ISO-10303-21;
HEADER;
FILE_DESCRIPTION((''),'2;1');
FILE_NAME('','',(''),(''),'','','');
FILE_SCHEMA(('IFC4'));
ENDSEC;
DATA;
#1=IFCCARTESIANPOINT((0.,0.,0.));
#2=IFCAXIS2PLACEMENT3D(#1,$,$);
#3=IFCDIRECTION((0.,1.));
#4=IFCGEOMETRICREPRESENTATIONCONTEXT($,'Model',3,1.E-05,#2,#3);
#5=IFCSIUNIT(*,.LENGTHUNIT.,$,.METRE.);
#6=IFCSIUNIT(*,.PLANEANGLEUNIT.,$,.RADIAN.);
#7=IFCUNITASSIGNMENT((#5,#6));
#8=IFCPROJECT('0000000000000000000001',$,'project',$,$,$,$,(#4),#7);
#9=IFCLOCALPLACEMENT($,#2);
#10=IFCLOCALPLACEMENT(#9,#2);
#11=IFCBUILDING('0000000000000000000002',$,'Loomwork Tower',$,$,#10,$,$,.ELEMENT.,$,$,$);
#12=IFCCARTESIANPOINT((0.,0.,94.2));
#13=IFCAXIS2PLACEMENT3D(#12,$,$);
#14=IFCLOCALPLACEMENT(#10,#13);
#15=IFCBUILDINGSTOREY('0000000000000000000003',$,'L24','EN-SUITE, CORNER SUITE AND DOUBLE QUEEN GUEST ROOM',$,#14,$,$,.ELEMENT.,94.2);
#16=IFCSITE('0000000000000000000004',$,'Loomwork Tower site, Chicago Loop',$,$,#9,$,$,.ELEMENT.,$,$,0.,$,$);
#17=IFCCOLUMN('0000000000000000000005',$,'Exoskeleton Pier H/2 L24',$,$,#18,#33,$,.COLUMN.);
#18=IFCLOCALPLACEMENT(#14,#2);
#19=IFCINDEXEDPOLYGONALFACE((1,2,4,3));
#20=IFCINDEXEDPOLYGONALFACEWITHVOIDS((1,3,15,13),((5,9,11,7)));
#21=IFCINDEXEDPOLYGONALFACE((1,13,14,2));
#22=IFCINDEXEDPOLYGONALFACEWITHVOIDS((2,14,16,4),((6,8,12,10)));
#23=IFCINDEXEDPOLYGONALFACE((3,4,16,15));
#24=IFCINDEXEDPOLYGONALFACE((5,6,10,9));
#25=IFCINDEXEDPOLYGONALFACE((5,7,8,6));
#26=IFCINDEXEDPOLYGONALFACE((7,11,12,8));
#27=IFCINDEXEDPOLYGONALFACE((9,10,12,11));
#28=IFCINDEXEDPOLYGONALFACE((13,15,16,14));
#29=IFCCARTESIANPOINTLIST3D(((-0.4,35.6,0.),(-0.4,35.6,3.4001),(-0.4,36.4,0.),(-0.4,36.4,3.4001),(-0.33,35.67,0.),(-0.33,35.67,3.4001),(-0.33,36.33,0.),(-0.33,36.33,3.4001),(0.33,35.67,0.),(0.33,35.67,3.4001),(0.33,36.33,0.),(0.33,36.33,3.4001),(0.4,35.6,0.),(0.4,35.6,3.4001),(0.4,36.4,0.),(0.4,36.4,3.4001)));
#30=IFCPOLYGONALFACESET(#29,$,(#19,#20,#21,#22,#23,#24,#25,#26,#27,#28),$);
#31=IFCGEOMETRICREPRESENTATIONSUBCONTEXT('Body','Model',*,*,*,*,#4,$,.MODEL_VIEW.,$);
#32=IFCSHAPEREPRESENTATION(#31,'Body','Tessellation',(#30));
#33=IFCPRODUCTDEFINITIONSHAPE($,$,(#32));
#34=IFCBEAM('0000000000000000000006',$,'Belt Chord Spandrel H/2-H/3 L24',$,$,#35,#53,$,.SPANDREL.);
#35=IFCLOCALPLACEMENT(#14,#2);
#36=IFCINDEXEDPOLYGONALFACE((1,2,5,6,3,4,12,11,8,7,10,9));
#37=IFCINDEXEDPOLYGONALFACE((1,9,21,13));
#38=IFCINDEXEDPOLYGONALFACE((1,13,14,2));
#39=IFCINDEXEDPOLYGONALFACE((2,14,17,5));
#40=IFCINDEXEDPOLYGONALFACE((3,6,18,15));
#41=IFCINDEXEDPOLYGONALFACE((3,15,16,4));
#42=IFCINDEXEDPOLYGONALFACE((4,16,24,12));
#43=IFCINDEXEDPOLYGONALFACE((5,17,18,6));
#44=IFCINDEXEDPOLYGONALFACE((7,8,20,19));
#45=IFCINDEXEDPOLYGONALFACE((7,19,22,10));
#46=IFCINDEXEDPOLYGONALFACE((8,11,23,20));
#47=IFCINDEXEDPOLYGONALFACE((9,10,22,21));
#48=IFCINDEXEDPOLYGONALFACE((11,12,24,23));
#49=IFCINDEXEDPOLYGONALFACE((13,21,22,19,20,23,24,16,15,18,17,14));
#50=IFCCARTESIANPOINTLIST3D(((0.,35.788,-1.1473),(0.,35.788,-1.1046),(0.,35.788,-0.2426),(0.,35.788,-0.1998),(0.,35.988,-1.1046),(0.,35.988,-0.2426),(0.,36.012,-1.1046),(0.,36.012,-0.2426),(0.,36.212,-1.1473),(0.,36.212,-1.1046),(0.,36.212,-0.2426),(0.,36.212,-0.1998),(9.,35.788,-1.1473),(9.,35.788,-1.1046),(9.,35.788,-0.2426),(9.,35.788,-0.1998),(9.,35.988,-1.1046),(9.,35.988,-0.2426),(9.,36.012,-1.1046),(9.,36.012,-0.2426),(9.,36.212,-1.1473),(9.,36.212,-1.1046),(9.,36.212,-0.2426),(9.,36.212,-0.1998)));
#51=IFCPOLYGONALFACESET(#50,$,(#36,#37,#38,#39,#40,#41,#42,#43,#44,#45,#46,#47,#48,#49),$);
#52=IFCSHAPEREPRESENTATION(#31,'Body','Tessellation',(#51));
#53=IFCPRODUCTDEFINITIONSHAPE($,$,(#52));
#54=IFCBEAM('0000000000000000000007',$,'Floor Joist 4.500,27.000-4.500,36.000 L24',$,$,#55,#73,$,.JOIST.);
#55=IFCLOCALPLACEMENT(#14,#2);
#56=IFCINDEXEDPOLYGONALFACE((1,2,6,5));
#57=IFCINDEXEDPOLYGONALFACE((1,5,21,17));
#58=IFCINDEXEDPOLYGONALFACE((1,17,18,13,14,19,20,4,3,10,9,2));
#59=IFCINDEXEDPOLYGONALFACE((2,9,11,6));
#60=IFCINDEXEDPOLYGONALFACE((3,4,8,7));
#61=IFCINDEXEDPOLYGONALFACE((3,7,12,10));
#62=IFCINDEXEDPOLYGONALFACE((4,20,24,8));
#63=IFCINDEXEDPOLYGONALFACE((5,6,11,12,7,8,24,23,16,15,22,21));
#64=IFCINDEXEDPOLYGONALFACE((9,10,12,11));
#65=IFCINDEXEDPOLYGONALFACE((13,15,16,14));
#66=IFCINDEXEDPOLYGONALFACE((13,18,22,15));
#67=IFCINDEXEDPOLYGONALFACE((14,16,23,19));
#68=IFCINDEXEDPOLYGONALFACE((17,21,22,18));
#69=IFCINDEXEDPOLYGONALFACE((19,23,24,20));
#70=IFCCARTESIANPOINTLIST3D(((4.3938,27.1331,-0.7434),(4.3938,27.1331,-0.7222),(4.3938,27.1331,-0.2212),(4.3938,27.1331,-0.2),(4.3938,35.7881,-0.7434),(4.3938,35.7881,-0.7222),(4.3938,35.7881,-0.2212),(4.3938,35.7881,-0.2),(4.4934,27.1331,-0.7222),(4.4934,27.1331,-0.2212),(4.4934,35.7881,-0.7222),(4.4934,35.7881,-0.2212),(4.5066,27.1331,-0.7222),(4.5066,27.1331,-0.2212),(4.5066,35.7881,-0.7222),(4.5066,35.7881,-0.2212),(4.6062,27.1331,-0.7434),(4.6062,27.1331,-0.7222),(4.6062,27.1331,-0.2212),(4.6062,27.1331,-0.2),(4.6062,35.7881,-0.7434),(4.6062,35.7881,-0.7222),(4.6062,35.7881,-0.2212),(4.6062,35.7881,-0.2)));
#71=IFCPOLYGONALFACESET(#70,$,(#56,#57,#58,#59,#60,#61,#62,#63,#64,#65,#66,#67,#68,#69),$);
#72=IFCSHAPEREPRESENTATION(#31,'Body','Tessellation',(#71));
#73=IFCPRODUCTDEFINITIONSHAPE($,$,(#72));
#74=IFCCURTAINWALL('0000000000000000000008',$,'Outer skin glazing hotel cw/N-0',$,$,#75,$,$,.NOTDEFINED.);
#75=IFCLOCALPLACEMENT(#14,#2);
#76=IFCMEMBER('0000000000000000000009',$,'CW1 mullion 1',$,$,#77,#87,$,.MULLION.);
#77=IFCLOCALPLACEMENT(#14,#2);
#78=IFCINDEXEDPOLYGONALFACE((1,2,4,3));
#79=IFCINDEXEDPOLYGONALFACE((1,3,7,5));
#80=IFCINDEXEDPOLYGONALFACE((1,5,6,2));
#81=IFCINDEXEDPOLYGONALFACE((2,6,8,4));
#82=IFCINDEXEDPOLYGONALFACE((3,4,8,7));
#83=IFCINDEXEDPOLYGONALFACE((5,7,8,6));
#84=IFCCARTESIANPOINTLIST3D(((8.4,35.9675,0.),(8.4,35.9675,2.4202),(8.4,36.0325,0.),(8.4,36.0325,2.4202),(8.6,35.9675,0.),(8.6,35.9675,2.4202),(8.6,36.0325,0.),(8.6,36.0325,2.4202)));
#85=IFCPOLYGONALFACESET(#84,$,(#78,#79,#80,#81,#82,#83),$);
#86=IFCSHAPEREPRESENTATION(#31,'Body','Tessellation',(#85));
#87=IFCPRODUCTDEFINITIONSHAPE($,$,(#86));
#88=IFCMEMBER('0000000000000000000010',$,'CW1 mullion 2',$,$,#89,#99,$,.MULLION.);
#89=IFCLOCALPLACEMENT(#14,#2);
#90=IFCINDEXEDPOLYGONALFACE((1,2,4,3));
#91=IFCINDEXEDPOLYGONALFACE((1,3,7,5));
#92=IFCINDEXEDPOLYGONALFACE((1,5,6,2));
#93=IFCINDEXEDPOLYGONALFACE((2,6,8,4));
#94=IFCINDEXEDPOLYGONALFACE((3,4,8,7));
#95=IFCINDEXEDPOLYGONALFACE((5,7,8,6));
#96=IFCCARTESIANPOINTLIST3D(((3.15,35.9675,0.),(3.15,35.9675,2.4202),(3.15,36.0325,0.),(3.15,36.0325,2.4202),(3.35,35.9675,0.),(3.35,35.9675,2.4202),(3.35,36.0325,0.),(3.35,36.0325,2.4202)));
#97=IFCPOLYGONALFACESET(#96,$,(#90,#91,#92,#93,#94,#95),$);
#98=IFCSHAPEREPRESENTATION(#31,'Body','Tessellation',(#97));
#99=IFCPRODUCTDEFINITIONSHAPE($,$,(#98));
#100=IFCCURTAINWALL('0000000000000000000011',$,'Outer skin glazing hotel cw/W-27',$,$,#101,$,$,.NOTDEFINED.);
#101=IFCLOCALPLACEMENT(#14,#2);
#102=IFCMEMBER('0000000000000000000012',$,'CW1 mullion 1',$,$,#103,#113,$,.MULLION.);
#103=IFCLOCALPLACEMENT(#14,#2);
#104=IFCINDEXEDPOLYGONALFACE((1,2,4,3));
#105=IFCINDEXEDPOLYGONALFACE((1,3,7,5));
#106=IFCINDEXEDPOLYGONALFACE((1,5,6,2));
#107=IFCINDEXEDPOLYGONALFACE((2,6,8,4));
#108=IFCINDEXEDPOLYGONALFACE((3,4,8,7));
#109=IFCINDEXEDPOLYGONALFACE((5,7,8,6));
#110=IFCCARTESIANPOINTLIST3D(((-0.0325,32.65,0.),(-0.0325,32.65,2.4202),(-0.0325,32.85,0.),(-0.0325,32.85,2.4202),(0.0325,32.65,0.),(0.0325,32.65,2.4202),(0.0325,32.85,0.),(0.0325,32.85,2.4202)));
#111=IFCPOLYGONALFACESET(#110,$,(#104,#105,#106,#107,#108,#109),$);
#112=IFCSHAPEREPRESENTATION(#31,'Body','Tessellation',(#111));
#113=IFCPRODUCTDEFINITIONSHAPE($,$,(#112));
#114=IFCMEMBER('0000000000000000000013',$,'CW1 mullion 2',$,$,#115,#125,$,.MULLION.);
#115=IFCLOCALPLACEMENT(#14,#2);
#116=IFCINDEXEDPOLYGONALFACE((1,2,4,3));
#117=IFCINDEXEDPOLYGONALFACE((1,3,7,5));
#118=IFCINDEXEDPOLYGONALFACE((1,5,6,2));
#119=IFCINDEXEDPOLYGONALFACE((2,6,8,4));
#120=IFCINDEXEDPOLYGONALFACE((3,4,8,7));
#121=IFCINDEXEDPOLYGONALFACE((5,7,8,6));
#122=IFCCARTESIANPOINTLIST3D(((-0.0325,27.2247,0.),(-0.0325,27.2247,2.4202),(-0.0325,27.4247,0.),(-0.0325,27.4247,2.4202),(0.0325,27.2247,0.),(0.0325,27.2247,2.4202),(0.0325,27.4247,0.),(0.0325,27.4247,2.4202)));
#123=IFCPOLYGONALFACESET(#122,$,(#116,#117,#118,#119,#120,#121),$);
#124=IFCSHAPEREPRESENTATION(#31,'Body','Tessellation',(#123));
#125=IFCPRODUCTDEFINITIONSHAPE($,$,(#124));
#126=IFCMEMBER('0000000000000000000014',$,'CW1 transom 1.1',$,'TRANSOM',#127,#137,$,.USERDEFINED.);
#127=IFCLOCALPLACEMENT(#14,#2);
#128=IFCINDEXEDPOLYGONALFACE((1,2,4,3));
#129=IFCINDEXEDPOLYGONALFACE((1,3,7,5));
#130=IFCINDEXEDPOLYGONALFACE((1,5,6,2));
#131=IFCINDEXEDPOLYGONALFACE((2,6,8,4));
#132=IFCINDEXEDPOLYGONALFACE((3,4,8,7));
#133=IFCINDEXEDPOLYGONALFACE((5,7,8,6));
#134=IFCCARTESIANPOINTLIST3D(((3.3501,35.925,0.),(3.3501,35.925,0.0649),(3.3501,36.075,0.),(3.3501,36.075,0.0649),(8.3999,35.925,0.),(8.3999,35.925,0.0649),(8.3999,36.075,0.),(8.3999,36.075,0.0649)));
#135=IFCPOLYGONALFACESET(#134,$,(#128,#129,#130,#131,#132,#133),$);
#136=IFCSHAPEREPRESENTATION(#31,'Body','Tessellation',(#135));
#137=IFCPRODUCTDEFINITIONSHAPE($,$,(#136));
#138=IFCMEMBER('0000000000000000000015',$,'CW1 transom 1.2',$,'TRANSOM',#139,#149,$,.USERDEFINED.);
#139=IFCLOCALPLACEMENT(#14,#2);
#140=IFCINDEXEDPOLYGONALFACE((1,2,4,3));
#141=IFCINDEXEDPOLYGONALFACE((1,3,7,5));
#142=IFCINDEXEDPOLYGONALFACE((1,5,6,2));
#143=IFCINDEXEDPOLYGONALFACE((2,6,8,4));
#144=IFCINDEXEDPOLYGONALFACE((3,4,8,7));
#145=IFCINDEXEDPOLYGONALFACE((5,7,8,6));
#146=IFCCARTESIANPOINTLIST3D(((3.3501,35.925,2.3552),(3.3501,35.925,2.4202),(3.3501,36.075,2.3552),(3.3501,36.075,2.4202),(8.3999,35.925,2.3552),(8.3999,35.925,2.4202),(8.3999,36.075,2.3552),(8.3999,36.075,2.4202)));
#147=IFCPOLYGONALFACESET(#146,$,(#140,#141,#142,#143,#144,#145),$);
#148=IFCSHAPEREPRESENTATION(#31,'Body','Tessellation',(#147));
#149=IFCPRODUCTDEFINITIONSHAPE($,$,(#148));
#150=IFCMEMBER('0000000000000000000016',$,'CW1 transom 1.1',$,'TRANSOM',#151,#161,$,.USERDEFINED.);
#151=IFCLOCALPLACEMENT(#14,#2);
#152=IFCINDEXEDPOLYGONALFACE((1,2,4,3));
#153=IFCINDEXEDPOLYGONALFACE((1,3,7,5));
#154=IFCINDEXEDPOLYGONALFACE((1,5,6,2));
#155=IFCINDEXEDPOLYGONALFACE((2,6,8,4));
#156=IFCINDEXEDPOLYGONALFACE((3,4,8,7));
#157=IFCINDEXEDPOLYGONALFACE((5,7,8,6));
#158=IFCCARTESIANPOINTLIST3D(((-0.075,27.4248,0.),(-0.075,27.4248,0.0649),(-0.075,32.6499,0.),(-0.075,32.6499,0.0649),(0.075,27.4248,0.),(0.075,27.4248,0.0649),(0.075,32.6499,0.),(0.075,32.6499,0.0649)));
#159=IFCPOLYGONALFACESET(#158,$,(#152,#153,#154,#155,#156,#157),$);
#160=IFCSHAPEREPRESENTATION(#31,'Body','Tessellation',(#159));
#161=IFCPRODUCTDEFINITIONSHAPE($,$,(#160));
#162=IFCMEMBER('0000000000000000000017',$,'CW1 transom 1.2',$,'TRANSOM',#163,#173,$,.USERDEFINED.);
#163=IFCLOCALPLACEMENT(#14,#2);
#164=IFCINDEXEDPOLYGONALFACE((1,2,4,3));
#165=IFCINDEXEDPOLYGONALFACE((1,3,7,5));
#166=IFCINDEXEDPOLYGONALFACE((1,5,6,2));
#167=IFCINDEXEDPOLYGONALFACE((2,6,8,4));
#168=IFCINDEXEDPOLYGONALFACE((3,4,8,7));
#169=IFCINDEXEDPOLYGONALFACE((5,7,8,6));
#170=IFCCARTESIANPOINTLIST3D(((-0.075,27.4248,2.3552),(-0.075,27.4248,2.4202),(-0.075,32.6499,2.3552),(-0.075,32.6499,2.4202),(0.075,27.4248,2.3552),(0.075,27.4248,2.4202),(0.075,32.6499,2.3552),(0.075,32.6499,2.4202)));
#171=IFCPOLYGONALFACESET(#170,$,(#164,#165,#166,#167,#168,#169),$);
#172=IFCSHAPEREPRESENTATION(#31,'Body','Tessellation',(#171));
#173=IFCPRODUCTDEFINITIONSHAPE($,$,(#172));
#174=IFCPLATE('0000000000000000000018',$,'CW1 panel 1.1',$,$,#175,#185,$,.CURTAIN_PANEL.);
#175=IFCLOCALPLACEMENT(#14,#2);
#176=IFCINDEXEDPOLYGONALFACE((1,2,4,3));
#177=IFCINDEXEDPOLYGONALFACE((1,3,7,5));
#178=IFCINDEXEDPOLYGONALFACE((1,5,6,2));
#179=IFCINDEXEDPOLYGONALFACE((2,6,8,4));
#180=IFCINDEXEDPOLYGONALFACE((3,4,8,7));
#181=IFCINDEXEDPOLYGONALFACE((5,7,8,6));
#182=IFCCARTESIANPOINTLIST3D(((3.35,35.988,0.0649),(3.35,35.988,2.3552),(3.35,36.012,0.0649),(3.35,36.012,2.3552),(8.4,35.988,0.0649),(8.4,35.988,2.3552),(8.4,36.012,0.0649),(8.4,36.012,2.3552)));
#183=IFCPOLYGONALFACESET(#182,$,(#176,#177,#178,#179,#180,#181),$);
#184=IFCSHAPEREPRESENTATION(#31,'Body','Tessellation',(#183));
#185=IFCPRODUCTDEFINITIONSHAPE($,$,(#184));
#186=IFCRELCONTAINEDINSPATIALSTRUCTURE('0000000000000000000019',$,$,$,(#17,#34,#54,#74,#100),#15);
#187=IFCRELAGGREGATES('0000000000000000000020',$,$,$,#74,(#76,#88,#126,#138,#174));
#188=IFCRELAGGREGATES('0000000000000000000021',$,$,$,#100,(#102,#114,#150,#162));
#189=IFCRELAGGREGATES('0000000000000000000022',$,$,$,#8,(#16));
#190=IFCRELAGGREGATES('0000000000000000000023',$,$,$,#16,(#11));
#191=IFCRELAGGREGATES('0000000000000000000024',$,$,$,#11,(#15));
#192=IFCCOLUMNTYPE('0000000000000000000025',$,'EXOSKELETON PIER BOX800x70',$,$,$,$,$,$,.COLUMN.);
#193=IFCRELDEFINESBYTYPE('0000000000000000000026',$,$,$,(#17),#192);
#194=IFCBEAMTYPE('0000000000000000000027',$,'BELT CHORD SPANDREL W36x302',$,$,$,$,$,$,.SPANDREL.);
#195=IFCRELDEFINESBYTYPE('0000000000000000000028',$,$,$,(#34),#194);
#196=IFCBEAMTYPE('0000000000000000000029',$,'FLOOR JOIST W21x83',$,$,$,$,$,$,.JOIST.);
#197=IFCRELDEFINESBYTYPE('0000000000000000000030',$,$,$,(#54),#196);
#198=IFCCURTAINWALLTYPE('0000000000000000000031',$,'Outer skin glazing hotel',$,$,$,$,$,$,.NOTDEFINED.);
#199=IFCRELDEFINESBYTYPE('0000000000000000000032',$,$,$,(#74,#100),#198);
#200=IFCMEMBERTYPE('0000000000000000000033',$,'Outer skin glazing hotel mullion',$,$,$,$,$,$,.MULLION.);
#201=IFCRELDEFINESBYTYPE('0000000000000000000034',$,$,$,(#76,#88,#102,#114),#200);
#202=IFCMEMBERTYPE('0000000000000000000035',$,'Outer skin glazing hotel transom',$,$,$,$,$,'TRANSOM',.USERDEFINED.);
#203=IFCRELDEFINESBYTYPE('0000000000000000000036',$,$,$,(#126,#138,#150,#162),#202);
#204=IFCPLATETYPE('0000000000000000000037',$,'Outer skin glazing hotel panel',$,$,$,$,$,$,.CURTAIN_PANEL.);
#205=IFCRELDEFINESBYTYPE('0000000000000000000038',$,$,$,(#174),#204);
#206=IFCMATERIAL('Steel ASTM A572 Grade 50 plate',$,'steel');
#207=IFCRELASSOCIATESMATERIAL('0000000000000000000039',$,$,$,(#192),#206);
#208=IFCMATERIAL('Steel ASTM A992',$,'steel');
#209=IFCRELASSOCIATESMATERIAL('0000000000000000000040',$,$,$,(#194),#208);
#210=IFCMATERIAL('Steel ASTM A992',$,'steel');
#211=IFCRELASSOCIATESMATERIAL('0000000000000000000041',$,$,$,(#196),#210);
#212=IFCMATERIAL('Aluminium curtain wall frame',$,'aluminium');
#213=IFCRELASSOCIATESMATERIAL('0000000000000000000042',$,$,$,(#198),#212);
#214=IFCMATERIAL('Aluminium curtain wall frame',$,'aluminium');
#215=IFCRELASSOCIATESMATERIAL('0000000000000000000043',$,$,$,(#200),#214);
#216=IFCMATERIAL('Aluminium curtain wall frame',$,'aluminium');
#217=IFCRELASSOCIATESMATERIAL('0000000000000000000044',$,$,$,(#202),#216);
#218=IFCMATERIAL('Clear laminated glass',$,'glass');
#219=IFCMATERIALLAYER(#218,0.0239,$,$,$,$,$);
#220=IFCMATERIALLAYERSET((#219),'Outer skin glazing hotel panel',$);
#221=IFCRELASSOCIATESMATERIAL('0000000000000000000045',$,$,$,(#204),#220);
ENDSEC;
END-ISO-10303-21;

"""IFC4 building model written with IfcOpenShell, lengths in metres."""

from ifc_helpers import new_model, si_unit, direction, frame, origin, origin_2d, place, context, subcontext, project, spatial, rectangle, hollow_rectangle, i_section, extrude, material, layer, layer_set, material_profile, profile_set, type_object, element, aggregate, save


model = new_model("IFC4")

# Units and contexts
model_context = context("Model", 3, precision=1e-05, world=origin(), true_north=direction((0.0, 1.0)))
body_context = subcontext(model_context, "Body", "Model", "MODEL_VIEW")
ifc_project = project(units=[si_unit("LENGTHUNIT", "METRE"), si_unit("PLANEANGLEUNIT", "RADIAN")], contexts=[model_context])

# Site, building, storey
site_placement = place(None, origin())
site = spatial("IfcSite", under=ifc_project, at=site_placement, Name="Loomwork Tower site, Chicago Loop", CompositionType="ELEMENT", RefElevation=0.0)
building_placement = place(site_placement, origin())
building = spatial("IfcBuilding", under=site, at=building_placement, Name="Loomwork Tower", CompositionType="ELEMENT")
storey_placement = place(building_placement, frame((0.0, 0.0, 94.2)))
storey = spatial("IfcBuildingStorey", under=building, at=storey_placement, Name="L24", Description="EN-SUITE, CORNER SUITE AND DOUBLE QUEEN GUEST ROOM", CompositionType="ELEMENT", Elevation=94.2)

# Column
ifc_material_1 = material(Name="Steel ASTM A572 Grade 50 plate", Category="steel")
ifc_material_profile_1 = material_profile(ifc_material_1, hollow_rectangle(XDim=0.8, YDim=0.8, WallThickness=0.0701, at=origin_2d()), Name="BOX800x70")
ifc_profile_set_1 = profile_set([ifc_material_profile_1], Name="Steel ASTM A572 Grade 50 plate")
column_type = type_object("IfcColumnType", Name="EXOSKELETON PIER BOX800x70", PredefinedType="COLUMN", material=ifc_profile_set_1)
column_placement = place(storey_placement, frame((0.0, 36.0, 0.0), z_axis=(0.0, 0.0, 1.0), x_axis=(1.0, 0.0, 0.0)))
element("IfcColumn", 1, at=column_placement, inside=storey, type_object=column_type, Name="Exoskeleton Pier H/2 L24", PredefinedType="COLUMN", context=body_context, shape_type="SweptSolid", body=[
    extrude(hollow_rectangle(XDim=0.8, YDim=0.8, WallThickness=0.0701, at=origin_2d()), origin(), (0.0, 0.0, 1.0), 3.4001),
])

# Beams
ifc_material_2 = material(Name="Steel ASTM A992", Category="steel")
ifc_material_profile_2 = material_profile(ifc_material_2, i_section(OverallWidth=0.4241, OverallDepth=0.9475, WebThickness=0.0239, FlangeThickness=0.0427, at=origin_2d()), Name="W36x302")
ifc_profile_set_2 = profile_set([ifc_material_profile_2], Name="Steel ASTM A992")
beam_type_1 = type_object("IfcBeamType", Name="BELT CHORD SPANDREL W36x302", PredefinedType="SPANDREL", material=ifc_profile_set_2)
beam_1_placement = place(storey_placement, frame((0.0, 36.0, -0.6736), z_axis=(1.0, 0.0, 0.0), x_axis=(0.0, 1.0, 0.0)))
element("IfcBeam", 2, at=beam_1_placement, inside=storey, type_object=beam_type_1, Name="Belt Chord Spandrel H/2-H/3 L24", PredefinedType="SPANDREL", context=body_context, shape_type="SweptSolid", body=[
    extrude(i_section(OverallWidth=0.4241, OverallDepth=0.9475, WebThickness=0.0239, FlangeThickness=0.0427, at=origin_2d()), origin(), (0.0, 0.0, 1.0), 9.0),
])
ifc_material_3 = material(Name="Steel ASTM A992", Category="steel")
ifc_material_profile_3 = material_profile(ifc_material_3, i_section(OverallWidth=0.2124, OverallDepth=0.5435, WebThickness=0.0132, FlangeThickness=0.0212, at=origin_2d()), Name="W21x83")
ifc_profile_set_3 = profile_set([ifc_material_profile_3], Name="Steel ASTM A992")
beam_type_2 = type_object("IfcBeamType", Name="FLOOR JOIST W21x83", PredefinedType="JOIST", material=ifc_profile_set_3)
beam_2_placement = place(storey_placement, frame((4.5, 27.1331, -0.4717), z_axis=(0.0, 1.0, 0.0), x_axis=(-1.0, 0.0, 0.0)))
element("IfcBeam", 3, at=beam_2_placement, inside=storey, type_object=beam_type_2, Name="Floor Joist 4.500,27.000-4.500,36.000 L24", PredefinedType="JOIST", context=body_context, shape_type="SweptSolid", body=[
    extrude(i_section(OverallWidth=0.2124, OverallDepth=0.5435, WebThickness=0.0132, FlangeThickness=0.0212, at=origin_2d()), origin(), (0.0, 0.0, 1.0), 8.655),
])

# Curtain walls, members
ifc_material_4 = material(Name="Aluminium curtain wall frame", Category="aluminium")
curtain_wall_type = type_object("IfcCurtainWallType", Name="Outer skin glazing hotel", PredefinedType="NOTDEFINED", material=ifc_material_4)
curtain_wall_1_placement = place(storey_placement, origin())
curtain_wall_1 = element("IfcCurtainWall", 4, at=curtain_wall_1_placement, inside=storey, type_object=curtain_wall_type, Name="Outer skin glazing hotel cw/N-0", PredefinedType="NOTDEFINED")
ifc_material_5 = material(Name="Aluminium curtain wall frame", Category="aluminium")
ifc_material_profile_4 = material_profile(ifc_material_5, rectangle(XDim=0.0649, YDim=0.2, at=origin_2d()), Name="AL 65x200")
ifc_profile_set_4 = profile_set([ifc_material_profile_4], Name="Aluminium curtain wall frame")
member_type_1 = type_object("IfcMemberType", Name="Outer skin glazing hotel mullion", PredefinedType="MULLION", material=ifc_profile_set_4)
member_1_placement = place(storey_placement, frame((8.5, 36.0, 0.0), z_axis=(0.0, 0.0, 1.0), x_axis=(0.0, -1.0, 0.0)))
member_1 = element("IfcMember", 5, at=member_1_placement, type_object=member_type_1, Name="CW1 mullion 1", PredefinedType="MULLION", context=body_context, shape_type="SweptSolid", body=[
    extrude(rectangle(XDim=0.0649, YDim=0.2, at=origin_2d()), origin(), (0.0, 0.0, 1.0), 2.4202),
])
member_2_placement = place(storey_placement, frame((3.25, 36.0, 0.0), z_axis=(0.0, 0.0, 1.0), x_axis=(0.0, -1.0, 0.0)))
member_2 = element("IfcMember", 6, at=member_2_placement, type_object=member_type_1, Name="CW1 mullion 2", PredefinedType="MULLION", context=body_context, shape_type="SweptSolid", body=[
    extrude(rectangle(XDim=0.0649, YDim=0.2, at=origin_2d()), origin(), (0.0, 0.0, 1.0), 2.4202),
])
curtain_wall_2_placement = place(storey_placement, origin())
curtain_wall_2 = element("IfcCurtainWall", 7, at=curtain_wall_2_placement, inside=storey, type_object=curtain_wall_type, Name="Outer skin glazing hotel cw/W-27", PredefinedType="NOTDEFINED")
member_3_placement = place(storey_placement, frame((0.0, 32.75, 0.0), z_axis=(0.0, 0.0, 1.0), x_axis=(1.0, 0.0, 0.0)))
member_3 = element("IfcMember", 8, at=member_3_placement, type_object=member_type_1, Name="CW1 mullion 1", PredefinedType="MULLION", context=body_context, shape_type="SweptSolid", body=[
    extrude(rectangle(XDim=0.0649, YDim=0.2, at=origin_2d()), origin(), (0.0, 0.0, 1.0), 2.4202),
])
member_4_placement = place(storey_placement, frame((0.0, 27.3247, 0.0), z_axis=(0.0, 0.0, 1.0), x_axis=(1.0, 0.0, 0.0)))
member_4 = element("IfcMember", 9, at=member_4_placement, type_object=member_type_1, Name="CW1 mullion 2", PredefinedType="MULLION", context=body_context, shape_type="SweptSolid", body=[
    extrude(rectangle(XDim=0.0649, YDim=0.2, at=origin_2d()), origin(), (0.0, 0.0, 1.0), 2.4202),
])

# Members
ifc_material_6 = material(Name="Aluminium curtain wall frame", Category="aluminium")
ifc_material_profile_5 = material_profile(ifc_material_6, rectangle(XDim=0.1499, YDim=0.0649, at=origin_2d()), Name="AL 65x150")
ifc_profile_set_5 = profile_set([ifc_material_profile_5], Name="Aluminium curtain wall frame")
member_type_2 = type_object("IfcMemberType", Name="Outer skin glazing hotel transom", ElementType="TRANSOM", PredefinedType="USERDEFINED", material=ifc_profile_set_5)
member_5_placement = place(storey_placement, frame((8.3999, 36.0, 0.0325), z_axis=(-1.0, 0.0, 0.0), x_axis=(0.0, -1.0, 0.0)))
member_5 = element("IfcMember", 10, at=member_5_placement, type_object=member_type_2, Name="CW1 transom 1.1", ObjectType="TRANSOM", PredefinedType="USERDEFINED", context=body_context, shape_type="SweptSolid", body=[
    extrude(rectangle(XDim=0.1499, YDim=0.0649, at=origin_2d()), origin(), (0.0, 0.0, 1.0), 5.0498),
])
member_6_placement = place(storey_placement, frame((8.3999, 36.0, 2.3877), z_axis=(-1.0, 0.0, 0.0), x_axis=(0.0, -1.0, 0.0)))
member_6 = element("IfcMember", 11, at=member_6_placement, type_object=member_type_2, Name="CW1 transom 1.2", ObjectType="TRANSOM", PredefinedType="USERDEFINED", context=body_context, shape_type="SweptSolid", body=[
    extrude(rectangle(XDim=0.1499, YDim=0.0649, at=origin_2d()), origin(), (0.0, 0.0, 1.0), 5.0498),
])
member_7_placement = place(storey_placement, frame((0.0, 32.6499, 0.0325), z_axis=(0.0, -1.0, 0.0), x_axis=(1.0, 0.0, 0.0)))
member_7 = element("IfcMember", 12, at=member_7_placement, type_object=member_type_2, Name="CW1 transom 1.1", ObjectType="TRANSOM", PredefinedType="USERDEFINED", context=body_context, shape_type="SweptSolid", body=[
    extrude(rectangle(XDim=0.1499, YDim=0.0649, at=origin_2d()), origin(), (0.0, 0.0, 1.0), 5.2251),
])
member_8_placement = place(storey_placement, frame((0.0, 32.6499, 2.3877), z_axis=(0.0, -1.0, 0.0), x_axis=(1.0, 0.0, 0.0)))
member_8 = element("IfcMember", 13, at=member_8_placement, type_object=member_type_2, Name="CW1 transom 1.2", ObjectType="TRANSOM", PredefinedType="USERDEFINED", context=body_context, shape_type="SweptSolid", body=[
    extrude(rectangle(XDim=0.1499, YDim=0.0649, at=origin_2d()), origin(), (0.0, 0.0, 1.0), 5.2251),
])

# Plate
ifc_material_7 = material(Name="Clear laminated glass", Category="glass")
ifc_layer_1 = layer(ifc_material_7, 0.0239)
ifc_layer_set_1 = layer_set([ifc_layer_1], Name="Outer skin glazing hotel panel")
plate_type = type_object("IfcPlateType", Name="Outer skin glazing hotel panel", PredefinedType="CURTAIN_PANEL", material=ifc_layer_set_1)
plate_1_placement = place(storey_placement, frame((5.875, 36.0, 0.0649), z_axis=(0.0, 0.0, 1.0), x_axis=(-1.0, 0.0, 0.0)))
plate_1 = element("IfcPlate", 14, at=plate_1_placement, type_object=plate_type, Name="CW1 panel 1.1", PredefinedType="CURTAIN_PANEL", context=body_context, shape_type="SweptSolid", body=[
    extrude(rectangle(XDim=5.05, YDim=0.0239, at=origin_2d()), origin(), (0.0, 0.0, 1.0), 2.2903),
])
aggregate(curtain_wall_1, [member_1, member_2, member_5, member_6, plate_1])
aggregate(curtain_wall_2, [member_3, member_4, member_7, member_8])

save(model, "model.ifc")
